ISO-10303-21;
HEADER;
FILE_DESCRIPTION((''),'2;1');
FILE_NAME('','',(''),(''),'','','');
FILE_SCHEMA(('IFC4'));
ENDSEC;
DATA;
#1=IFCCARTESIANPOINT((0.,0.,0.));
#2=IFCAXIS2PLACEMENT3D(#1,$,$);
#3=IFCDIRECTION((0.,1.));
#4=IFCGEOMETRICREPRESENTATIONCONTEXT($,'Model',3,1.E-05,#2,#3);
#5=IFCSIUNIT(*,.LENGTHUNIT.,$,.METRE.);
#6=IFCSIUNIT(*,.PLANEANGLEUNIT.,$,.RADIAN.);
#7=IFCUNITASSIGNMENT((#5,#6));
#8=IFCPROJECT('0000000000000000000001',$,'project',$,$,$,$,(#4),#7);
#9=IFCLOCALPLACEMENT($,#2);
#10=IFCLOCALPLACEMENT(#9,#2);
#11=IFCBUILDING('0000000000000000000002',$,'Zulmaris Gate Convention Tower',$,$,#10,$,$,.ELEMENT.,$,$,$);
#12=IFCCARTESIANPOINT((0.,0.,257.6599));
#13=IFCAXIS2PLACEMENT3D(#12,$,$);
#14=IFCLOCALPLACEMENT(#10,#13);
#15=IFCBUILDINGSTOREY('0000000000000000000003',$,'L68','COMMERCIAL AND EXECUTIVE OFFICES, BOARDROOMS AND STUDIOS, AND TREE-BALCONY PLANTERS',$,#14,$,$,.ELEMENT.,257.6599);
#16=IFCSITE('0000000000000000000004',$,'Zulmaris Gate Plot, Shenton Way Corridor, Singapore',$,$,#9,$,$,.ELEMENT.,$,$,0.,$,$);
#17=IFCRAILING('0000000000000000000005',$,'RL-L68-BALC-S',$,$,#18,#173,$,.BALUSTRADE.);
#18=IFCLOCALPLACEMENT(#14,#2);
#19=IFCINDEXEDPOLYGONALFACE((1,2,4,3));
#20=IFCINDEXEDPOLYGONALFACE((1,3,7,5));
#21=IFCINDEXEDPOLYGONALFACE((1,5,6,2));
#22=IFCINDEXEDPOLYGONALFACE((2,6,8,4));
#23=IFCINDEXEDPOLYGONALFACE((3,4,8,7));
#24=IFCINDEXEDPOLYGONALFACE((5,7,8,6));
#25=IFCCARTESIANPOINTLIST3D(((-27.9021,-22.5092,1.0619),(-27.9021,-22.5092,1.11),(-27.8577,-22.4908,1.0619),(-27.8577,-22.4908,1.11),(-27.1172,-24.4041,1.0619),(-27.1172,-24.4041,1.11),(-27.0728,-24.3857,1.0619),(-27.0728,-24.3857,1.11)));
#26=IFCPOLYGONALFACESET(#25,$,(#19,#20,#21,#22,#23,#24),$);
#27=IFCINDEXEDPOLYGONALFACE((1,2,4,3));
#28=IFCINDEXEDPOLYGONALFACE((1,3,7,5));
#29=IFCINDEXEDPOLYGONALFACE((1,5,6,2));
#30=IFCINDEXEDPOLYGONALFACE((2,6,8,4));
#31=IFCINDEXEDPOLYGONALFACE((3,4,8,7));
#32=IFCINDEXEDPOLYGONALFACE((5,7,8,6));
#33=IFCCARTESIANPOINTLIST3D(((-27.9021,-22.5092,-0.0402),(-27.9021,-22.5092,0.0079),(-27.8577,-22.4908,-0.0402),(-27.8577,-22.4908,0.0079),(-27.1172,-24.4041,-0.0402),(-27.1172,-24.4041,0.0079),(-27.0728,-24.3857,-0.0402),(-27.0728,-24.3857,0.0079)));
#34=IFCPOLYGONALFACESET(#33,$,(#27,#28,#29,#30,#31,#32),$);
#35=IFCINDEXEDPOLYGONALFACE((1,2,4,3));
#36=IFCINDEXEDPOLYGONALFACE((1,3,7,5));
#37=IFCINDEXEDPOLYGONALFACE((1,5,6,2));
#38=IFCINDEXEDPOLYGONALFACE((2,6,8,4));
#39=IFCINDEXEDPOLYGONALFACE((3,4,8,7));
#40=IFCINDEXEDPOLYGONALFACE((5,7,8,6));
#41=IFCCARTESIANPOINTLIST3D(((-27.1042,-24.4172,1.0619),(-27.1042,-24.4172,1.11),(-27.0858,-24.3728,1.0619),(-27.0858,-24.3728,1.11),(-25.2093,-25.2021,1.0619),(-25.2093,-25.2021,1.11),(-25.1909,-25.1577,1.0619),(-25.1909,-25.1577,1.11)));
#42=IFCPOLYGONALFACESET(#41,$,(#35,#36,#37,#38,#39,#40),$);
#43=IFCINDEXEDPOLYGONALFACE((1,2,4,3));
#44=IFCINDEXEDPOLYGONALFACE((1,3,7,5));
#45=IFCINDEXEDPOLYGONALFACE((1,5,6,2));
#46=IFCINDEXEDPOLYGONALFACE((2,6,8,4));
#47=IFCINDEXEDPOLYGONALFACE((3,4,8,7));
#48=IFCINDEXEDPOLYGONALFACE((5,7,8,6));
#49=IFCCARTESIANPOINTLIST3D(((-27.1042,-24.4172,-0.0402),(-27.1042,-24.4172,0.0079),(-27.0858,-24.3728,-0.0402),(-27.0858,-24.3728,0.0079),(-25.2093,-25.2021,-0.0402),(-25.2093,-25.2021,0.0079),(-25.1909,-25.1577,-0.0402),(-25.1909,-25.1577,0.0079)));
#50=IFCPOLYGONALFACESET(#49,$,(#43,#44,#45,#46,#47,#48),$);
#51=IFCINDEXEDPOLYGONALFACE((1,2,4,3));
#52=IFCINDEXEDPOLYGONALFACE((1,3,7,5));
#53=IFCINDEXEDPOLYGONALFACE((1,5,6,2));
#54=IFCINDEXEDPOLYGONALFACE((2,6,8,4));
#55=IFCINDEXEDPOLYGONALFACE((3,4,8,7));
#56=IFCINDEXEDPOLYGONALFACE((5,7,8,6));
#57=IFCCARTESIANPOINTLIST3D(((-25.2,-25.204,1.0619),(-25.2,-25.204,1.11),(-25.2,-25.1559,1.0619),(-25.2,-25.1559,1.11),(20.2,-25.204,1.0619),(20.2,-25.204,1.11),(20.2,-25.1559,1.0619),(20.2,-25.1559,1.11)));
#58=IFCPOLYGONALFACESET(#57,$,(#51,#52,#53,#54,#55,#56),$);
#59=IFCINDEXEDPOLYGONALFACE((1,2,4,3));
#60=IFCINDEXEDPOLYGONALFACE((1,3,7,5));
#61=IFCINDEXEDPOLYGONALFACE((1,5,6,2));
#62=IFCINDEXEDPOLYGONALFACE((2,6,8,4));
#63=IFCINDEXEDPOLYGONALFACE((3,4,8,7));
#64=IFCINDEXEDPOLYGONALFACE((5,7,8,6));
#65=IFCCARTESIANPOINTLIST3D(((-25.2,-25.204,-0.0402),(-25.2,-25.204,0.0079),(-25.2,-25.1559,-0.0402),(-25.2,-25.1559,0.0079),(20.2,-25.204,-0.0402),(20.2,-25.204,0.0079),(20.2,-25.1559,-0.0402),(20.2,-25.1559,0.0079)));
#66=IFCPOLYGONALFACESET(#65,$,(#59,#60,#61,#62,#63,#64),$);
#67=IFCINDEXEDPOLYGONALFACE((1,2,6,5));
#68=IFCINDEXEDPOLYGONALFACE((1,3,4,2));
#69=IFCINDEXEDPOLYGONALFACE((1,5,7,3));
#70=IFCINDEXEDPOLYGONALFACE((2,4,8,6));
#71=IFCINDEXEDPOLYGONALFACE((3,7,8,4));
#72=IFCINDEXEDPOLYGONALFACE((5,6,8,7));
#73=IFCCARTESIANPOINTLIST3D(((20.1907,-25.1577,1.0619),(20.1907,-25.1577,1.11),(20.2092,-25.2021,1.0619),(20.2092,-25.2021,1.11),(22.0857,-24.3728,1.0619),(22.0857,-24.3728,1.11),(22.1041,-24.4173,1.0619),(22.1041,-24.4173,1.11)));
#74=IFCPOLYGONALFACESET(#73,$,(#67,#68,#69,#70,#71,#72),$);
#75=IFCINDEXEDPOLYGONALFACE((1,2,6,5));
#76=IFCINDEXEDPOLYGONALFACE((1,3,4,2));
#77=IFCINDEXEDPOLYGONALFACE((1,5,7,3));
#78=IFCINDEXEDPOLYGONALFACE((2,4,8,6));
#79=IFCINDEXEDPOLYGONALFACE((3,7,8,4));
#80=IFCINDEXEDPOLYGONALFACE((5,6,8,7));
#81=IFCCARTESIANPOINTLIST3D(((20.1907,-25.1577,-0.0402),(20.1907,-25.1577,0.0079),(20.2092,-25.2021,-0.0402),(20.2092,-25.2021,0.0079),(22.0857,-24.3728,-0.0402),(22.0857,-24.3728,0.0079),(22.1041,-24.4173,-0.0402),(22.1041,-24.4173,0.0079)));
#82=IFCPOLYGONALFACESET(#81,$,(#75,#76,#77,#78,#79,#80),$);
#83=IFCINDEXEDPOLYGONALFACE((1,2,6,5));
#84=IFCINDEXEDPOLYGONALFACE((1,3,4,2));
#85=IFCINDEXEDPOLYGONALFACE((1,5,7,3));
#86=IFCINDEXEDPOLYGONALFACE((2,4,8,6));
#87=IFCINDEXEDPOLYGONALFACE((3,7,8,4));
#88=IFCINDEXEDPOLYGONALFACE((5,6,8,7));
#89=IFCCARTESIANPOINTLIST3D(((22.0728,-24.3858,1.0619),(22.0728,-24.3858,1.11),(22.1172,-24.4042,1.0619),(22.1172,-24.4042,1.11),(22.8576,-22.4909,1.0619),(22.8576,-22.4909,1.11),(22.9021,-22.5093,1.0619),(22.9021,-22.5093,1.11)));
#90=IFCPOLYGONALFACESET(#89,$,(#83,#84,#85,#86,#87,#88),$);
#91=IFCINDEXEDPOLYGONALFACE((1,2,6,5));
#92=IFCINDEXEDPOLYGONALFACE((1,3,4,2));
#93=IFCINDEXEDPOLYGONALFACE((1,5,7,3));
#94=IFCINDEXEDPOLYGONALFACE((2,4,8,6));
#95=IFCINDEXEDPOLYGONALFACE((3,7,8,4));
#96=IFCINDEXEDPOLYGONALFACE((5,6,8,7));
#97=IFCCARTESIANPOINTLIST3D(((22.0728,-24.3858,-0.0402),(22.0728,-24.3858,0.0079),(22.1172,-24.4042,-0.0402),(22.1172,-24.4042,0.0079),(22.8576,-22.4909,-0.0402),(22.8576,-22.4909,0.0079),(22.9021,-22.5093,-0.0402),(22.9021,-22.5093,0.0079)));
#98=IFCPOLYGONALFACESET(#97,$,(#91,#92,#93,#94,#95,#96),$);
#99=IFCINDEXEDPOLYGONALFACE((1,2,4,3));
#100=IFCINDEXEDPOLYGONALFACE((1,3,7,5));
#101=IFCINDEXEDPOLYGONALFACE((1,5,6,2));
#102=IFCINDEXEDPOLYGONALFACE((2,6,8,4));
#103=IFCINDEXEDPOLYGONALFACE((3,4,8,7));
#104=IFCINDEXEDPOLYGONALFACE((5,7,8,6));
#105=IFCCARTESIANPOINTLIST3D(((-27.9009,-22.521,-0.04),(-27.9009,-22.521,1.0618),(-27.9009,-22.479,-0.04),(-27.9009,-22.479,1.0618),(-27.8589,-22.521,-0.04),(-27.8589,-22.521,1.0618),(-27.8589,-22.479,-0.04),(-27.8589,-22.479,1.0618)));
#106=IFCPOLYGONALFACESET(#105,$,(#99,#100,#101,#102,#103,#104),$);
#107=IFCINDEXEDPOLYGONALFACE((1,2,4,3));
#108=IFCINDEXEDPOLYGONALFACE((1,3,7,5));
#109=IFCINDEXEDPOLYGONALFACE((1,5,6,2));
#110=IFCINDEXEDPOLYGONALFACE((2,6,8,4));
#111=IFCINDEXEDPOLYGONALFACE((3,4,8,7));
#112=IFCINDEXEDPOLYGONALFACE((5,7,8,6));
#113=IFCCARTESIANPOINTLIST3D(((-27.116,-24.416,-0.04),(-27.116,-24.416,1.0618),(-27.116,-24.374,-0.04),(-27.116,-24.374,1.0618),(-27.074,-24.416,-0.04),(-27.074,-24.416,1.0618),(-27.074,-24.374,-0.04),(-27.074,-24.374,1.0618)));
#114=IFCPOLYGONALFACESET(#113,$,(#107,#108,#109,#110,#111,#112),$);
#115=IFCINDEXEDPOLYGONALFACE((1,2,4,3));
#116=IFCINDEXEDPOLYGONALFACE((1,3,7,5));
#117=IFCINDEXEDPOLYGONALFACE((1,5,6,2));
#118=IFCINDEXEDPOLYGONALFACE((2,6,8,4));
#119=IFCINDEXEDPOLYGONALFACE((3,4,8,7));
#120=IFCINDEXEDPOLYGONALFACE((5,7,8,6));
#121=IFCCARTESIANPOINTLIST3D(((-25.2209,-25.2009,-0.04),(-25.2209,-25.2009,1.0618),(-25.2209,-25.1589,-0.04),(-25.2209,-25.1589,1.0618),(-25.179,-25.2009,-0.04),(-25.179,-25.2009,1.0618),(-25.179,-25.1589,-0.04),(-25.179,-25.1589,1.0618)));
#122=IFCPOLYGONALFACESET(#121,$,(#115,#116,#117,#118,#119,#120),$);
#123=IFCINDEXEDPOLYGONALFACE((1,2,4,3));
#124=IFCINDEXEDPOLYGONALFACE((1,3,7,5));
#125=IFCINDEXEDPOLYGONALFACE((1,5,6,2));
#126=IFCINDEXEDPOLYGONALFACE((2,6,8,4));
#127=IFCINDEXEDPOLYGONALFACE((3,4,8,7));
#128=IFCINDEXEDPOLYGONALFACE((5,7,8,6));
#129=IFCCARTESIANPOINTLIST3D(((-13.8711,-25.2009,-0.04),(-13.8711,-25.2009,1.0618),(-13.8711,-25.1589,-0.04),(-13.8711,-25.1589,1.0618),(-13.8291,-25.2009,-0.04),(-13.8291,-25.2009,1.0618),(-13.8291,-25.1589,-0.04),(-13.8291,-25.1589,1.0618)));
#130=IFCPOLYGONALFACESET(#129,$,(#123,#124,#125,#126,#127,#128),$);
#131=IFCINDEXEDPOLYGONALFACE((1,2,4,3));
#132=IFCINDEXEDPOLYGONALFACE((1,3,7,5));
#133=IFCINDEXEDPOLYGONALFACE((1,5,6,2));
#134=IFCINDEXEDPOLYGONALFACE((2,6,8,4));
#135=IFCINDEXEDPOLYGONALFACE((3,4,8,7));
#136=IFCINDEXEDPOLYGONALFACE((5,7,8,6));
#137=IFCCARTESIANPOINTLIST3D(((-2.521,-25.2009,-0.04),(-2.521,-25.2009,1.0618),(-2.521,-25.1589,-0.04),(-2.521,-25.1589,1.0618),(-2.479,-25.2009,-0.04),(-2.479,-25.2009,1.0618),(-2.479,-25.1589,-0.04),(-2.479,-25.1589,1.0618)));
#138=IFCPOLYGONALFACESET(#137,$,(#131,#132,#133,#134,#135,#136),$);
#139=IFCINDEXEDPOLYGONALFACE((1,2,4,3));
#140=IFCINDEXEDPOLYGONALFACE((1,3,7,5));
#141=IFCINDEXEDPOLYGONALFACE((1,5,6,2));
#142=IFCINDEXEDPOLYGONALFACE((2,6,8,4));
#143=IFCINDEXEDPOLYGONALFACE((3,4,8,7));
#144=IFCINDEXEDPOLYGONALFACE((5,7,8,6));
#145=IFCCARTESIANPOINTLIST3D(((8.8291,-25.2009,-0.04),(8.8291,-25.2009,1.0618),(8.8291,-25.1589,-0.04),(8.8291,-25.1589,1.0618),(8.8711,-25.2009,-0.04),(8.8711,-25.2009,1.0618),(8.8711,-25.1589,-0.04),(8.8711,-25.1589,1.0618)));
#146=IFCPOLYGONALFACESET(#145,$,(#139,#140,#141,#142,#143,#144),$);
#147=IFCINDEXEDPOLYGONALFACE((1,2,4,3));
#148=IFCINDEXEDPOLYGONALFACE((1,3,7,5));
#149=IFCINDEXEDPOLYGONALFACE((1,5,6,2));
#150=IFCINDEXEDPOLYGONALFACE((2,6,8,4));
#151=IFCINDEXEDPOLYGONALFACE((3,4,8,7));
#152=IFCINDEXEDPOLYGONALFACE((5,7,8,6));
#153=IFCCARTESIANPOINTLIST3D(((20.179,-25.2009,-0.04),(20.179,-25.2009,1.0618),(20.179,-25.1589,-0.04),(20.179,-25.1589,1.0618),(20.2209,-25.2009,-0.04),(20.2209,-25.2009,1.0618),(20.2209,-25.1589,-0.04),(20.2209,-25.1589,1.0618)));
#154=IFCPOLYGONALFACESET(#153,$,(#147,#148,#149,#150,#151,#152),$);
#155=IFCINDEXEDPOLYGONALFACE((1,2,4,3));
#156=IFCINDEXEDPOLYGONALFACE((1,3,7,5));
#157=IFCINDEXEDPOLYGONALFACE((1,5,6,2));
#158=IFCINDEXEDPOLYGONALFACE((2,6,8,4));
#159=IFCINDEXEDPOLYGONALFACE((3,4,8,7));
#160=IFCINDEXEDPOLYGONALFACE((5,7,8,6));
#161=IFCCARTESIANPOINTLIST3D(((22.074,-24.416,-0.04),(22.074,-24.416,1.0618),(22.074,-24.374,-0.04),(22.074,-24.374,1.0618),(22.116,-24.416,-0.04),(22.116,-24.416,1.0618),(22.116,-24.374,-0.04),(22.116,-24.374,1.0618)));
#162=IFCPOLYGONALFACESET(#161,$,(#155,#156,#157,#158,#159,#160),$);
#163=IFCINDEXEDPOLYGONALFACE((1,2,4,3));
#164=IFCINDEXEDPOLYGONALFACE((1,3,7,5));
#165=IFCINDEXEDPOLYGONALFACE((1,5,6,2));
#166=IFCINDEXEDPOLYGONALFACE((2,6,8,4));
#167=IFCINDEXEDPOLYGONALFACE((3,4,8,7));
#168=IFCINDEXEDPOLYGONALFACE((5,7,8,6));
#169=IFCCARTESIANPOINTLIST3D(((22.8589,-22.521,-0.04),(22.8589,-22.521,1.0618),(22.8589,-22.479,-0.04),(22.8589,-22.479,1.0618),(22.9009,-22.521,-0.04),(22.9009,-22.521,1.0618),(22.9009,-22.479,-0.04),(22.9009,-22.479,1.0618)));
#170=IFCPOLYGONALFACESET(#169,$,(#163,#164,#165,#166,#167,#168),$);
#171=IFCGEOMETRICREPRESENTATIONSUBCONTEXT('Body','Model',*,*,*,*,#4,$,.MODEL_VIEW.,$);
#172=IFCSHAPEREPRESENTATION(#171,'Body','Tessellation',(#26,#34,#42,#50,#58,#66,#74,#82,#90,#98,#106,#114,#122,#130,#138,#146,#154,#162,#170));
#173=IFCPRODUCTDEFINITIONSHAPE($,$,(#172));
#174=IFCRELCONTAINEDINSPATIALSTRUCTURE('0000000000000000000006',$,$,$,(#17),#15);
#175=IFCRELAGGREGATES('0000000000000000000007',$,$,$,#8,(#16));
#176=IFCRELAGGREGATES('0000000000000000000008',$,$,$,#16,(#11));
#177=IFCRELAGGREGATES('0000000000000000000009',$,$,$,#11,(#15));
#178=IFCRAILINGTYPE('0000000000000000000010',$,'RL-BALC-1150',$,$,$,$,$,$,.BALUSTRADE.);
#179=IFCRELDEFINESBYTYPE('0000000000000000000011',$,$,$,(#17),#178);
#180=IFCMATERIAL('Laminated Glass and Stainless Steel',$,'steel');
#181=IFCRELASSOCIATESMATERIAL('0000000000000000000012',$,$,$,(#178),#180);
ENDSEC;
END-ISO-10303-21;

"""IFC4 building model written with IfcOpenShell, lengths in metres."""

from ifc_helpers import new_model, si_unit, direction, frame, origin, origin_2d, place, context, subcontext, project, spatial, rectangle, extrude, material, type_object, element, save


model = new_model("IFC4")

# Units and contexts
model_context = context("Model", 3, precision=1e-05, world=origin(), true_north=direction((0.0, 1.0)))
body_context = subcontext(model_context, "Body", "Model", "MODEL_VIEW")
ifc_project = project(units=[si_unit("LENGTHUNIT", "METRE"), si_unit("PLANEANGLEUNIT", "RADIAN")], contexts=[model_context])

# Site, building, storey
site_placement = place(None, origin())
site = spatial("IfcSite", under=ifc_project, at=site_placement, Name="Zulmaris Gate Plot, Shenton Way Corridor, Singapore", CompositionType="ELEMENT", RefElevation=0.0)
building_placement = place(site_placement, origin())
building = spatial("IfcBuilding", under=site, at=building_placement, Name="Zulmaris Gate Convention Tower", CompositionType="ELEMENT")
storey_placement = place(building_placement, frame((0.0, 0.0, 257.6599)))
storey = spatial("IfcBuildingStorey", under=building, at=storey_placement, Name="L68", Description="COMMERCIAL AND EXECUTIVE OFFICES, BOARDROOMS AND STUDIOS, AND TREE-BALCONY PLANTERS", CompositionType="ELEMENT", Elevation=257.6599)

# Railing
ifc_material_1 = material(Name="Laminated Glass and Stainless Steel", Category="steel")
railing_type = type_object("IfcRailingType", Name="RL-BALC-1150", PredefinedType="BALUSTRADE", material=ifc_material_1)
railing_placement = place(storey_placement, frame((-27.8799, -22.5, -0.04)))
element("IfcRailing", 1, at=railing_placement, inside=storey, type_object=railing_type, Name="RL-L68-BALC-S", PredefinedType="BALUSTRADE", context=body_context, shape_type="SweptSolid", body=[
    extrude(rectangle(XDim=0.0481, YDim=0.0481, at=origin_2d()), frame((0.0, 0.0, 1.126), z_axis=(0.382671, -0.923885, 0.0), x_axis=(0.923885, 0.382671, 0.0)), (0.0, 0.0, 1.0), 2.051),
    extrude(rectangle(XDim=0.0481, YDim=0.0481, at=origin_2d()), frame((0.0, 0.0, 0.0239), z_axis=(0.382671, -0.923885, 0.0), x_axis=(0.923885, 0.382671, 0.0)), (0.0, 0.0, 1.0), 2.051),
    extrude(rectangle(XDim=0.0481, YDim=0.0481, at=origin_2d()), frame((0.7849, -1.895, 1.126), z_axis=(0.923885, -0.382671, 0.0), x_axis=(0.382671, 0.923885, 0.0)), (0.0, 0.0, 1.0), 2.051),
    extrude(rectangle(XDim=0.0481, YDim=0.0481, at=origin_2d()), frame((0.7849, -1.895, 0.0239), z_axis=(0.923885, -0.382671, 0.0), x_axis=(0.382671, 0.923885, 0.0)), (0.0, 0.0, 1.0), 2.051),
    extrude(rectangle(XDim=0.0481, YDim=0.0481, at=origin_2d()), frame((2.6799, -2.6799, 1.126), z_axis=(1.0, 0.0, 0.0), x_axis=(0.0, 1.0, 0.0)), (0.0, 0.0, 1.0), 45.3999),
    extrude(rectangle(XDim=0.0481, YDim=0.0481, at=origin_2d()), frame((2.6799, -2.6799, 0.0239), z_axis=(1.0, 0.0, 0.0), x_axis=(0.0, 1.0, 0.0)), (0.0, 0.0, 1.0), 45.3999),
    extrude(rectangle(XDim=0.0481, YDim=0.0481, at=origin_2d()), frame((48.0798, -2.6799, 1.126), z_axis=(0.923885, 0.382671, 0.0), x_axis=(-0.382671, 0.923885, 0.0)), (0.0, 0.0, 1.0), 2.051),
    extrude(rectangle(XDim=0.0481, YDim=0.0481, at=origin_2d()), frame((48.0798, -2.6799, 0.0239), z_axis=(0.923885, 0.382671, 0.0), x_axis=(-0.382671, 0.923885, 0.0)), (0.0, 0.0, 1.0), 2.051),
    extrude(rectangle(XDim=0.0481, YDim=0.0481, at=origin_2d()), frame((49.9749, -1.895, 1.126), z_axis=(0.382671, 0.923885, 0.0), x_axis=(-0.923885, 0.382671, 0.0)), (0.0, 0.0, 1.0), 2.051),
    extrude(rectangle(XDim=0.0481, YDim=0.0481, at=origin_2d()), frame((49.9749, -1.895, 0.0239), z_axis=(0.382671, 0.923885, 0.0), x_axis=(-0.923885, 0.382671, 0.0)), (0.0, 0.0, 1.0), 2.051),
    extrude(rectangle(XDim=0.042, YDim=0.042, at=origin_2d()), origin(), (0.0, 0.0, 1.0), 1.1018),
    extrude(rectangle(XDim=0.042, YDim=0.042, at=origin_2d()), frame((0.7849, -1.895, 0.0)), (0.0, 0.0, 1.0), 1.1018),
    extrude(rectangle(XDim=0.042, YDim=0.042, at=origin_2d()), frame((2.6799, -2.6799, 0.0)), (0.0, 0.0, 1.0), 1.1018),
    extrude(rectangle(XDim=0.042, YDim=0.042, at=origin_2d()), frame((14.0298, -2.6799, 0.0)), (0.0, 0.0, 1.0), 1.1018),
    extrude(rectangle(XDim=0.042, YDim=0.042, at=origin_2d()), frame((25.3799, -2.6799, 0.0)), (0.0, 0.0, 1.0), 1.1018),
    extrude(rectangle(XDim=0.042, YDim=0.042, at=origin_2d()), frame((36.73, -2.6799, 0.0)), (0.0, 0.0, 1.0), 1.1018),
    extrude(rectangle(XDim=0.042, YDim=0.042, at=origin_2d()), frame((48.0798, -2.6799, 0.0)), (0.0, 0.0, 1.0), 1.1018),
    extrude(rectangle(XDim=0.042, YDim=0.042, at=origin_2d()), frame((49.9749, -1.895, 0.0)), (0.0, 0.0, 1.0), 1.1018),
    extrude(rectangle(XDim=0.042, YDim=0.042, at=origin_2d()), frame((50.7598, 0.0, 0.0)), (0.0, 0.0, 1.0), 1.1018),
])

save(model, "model.ifc")
